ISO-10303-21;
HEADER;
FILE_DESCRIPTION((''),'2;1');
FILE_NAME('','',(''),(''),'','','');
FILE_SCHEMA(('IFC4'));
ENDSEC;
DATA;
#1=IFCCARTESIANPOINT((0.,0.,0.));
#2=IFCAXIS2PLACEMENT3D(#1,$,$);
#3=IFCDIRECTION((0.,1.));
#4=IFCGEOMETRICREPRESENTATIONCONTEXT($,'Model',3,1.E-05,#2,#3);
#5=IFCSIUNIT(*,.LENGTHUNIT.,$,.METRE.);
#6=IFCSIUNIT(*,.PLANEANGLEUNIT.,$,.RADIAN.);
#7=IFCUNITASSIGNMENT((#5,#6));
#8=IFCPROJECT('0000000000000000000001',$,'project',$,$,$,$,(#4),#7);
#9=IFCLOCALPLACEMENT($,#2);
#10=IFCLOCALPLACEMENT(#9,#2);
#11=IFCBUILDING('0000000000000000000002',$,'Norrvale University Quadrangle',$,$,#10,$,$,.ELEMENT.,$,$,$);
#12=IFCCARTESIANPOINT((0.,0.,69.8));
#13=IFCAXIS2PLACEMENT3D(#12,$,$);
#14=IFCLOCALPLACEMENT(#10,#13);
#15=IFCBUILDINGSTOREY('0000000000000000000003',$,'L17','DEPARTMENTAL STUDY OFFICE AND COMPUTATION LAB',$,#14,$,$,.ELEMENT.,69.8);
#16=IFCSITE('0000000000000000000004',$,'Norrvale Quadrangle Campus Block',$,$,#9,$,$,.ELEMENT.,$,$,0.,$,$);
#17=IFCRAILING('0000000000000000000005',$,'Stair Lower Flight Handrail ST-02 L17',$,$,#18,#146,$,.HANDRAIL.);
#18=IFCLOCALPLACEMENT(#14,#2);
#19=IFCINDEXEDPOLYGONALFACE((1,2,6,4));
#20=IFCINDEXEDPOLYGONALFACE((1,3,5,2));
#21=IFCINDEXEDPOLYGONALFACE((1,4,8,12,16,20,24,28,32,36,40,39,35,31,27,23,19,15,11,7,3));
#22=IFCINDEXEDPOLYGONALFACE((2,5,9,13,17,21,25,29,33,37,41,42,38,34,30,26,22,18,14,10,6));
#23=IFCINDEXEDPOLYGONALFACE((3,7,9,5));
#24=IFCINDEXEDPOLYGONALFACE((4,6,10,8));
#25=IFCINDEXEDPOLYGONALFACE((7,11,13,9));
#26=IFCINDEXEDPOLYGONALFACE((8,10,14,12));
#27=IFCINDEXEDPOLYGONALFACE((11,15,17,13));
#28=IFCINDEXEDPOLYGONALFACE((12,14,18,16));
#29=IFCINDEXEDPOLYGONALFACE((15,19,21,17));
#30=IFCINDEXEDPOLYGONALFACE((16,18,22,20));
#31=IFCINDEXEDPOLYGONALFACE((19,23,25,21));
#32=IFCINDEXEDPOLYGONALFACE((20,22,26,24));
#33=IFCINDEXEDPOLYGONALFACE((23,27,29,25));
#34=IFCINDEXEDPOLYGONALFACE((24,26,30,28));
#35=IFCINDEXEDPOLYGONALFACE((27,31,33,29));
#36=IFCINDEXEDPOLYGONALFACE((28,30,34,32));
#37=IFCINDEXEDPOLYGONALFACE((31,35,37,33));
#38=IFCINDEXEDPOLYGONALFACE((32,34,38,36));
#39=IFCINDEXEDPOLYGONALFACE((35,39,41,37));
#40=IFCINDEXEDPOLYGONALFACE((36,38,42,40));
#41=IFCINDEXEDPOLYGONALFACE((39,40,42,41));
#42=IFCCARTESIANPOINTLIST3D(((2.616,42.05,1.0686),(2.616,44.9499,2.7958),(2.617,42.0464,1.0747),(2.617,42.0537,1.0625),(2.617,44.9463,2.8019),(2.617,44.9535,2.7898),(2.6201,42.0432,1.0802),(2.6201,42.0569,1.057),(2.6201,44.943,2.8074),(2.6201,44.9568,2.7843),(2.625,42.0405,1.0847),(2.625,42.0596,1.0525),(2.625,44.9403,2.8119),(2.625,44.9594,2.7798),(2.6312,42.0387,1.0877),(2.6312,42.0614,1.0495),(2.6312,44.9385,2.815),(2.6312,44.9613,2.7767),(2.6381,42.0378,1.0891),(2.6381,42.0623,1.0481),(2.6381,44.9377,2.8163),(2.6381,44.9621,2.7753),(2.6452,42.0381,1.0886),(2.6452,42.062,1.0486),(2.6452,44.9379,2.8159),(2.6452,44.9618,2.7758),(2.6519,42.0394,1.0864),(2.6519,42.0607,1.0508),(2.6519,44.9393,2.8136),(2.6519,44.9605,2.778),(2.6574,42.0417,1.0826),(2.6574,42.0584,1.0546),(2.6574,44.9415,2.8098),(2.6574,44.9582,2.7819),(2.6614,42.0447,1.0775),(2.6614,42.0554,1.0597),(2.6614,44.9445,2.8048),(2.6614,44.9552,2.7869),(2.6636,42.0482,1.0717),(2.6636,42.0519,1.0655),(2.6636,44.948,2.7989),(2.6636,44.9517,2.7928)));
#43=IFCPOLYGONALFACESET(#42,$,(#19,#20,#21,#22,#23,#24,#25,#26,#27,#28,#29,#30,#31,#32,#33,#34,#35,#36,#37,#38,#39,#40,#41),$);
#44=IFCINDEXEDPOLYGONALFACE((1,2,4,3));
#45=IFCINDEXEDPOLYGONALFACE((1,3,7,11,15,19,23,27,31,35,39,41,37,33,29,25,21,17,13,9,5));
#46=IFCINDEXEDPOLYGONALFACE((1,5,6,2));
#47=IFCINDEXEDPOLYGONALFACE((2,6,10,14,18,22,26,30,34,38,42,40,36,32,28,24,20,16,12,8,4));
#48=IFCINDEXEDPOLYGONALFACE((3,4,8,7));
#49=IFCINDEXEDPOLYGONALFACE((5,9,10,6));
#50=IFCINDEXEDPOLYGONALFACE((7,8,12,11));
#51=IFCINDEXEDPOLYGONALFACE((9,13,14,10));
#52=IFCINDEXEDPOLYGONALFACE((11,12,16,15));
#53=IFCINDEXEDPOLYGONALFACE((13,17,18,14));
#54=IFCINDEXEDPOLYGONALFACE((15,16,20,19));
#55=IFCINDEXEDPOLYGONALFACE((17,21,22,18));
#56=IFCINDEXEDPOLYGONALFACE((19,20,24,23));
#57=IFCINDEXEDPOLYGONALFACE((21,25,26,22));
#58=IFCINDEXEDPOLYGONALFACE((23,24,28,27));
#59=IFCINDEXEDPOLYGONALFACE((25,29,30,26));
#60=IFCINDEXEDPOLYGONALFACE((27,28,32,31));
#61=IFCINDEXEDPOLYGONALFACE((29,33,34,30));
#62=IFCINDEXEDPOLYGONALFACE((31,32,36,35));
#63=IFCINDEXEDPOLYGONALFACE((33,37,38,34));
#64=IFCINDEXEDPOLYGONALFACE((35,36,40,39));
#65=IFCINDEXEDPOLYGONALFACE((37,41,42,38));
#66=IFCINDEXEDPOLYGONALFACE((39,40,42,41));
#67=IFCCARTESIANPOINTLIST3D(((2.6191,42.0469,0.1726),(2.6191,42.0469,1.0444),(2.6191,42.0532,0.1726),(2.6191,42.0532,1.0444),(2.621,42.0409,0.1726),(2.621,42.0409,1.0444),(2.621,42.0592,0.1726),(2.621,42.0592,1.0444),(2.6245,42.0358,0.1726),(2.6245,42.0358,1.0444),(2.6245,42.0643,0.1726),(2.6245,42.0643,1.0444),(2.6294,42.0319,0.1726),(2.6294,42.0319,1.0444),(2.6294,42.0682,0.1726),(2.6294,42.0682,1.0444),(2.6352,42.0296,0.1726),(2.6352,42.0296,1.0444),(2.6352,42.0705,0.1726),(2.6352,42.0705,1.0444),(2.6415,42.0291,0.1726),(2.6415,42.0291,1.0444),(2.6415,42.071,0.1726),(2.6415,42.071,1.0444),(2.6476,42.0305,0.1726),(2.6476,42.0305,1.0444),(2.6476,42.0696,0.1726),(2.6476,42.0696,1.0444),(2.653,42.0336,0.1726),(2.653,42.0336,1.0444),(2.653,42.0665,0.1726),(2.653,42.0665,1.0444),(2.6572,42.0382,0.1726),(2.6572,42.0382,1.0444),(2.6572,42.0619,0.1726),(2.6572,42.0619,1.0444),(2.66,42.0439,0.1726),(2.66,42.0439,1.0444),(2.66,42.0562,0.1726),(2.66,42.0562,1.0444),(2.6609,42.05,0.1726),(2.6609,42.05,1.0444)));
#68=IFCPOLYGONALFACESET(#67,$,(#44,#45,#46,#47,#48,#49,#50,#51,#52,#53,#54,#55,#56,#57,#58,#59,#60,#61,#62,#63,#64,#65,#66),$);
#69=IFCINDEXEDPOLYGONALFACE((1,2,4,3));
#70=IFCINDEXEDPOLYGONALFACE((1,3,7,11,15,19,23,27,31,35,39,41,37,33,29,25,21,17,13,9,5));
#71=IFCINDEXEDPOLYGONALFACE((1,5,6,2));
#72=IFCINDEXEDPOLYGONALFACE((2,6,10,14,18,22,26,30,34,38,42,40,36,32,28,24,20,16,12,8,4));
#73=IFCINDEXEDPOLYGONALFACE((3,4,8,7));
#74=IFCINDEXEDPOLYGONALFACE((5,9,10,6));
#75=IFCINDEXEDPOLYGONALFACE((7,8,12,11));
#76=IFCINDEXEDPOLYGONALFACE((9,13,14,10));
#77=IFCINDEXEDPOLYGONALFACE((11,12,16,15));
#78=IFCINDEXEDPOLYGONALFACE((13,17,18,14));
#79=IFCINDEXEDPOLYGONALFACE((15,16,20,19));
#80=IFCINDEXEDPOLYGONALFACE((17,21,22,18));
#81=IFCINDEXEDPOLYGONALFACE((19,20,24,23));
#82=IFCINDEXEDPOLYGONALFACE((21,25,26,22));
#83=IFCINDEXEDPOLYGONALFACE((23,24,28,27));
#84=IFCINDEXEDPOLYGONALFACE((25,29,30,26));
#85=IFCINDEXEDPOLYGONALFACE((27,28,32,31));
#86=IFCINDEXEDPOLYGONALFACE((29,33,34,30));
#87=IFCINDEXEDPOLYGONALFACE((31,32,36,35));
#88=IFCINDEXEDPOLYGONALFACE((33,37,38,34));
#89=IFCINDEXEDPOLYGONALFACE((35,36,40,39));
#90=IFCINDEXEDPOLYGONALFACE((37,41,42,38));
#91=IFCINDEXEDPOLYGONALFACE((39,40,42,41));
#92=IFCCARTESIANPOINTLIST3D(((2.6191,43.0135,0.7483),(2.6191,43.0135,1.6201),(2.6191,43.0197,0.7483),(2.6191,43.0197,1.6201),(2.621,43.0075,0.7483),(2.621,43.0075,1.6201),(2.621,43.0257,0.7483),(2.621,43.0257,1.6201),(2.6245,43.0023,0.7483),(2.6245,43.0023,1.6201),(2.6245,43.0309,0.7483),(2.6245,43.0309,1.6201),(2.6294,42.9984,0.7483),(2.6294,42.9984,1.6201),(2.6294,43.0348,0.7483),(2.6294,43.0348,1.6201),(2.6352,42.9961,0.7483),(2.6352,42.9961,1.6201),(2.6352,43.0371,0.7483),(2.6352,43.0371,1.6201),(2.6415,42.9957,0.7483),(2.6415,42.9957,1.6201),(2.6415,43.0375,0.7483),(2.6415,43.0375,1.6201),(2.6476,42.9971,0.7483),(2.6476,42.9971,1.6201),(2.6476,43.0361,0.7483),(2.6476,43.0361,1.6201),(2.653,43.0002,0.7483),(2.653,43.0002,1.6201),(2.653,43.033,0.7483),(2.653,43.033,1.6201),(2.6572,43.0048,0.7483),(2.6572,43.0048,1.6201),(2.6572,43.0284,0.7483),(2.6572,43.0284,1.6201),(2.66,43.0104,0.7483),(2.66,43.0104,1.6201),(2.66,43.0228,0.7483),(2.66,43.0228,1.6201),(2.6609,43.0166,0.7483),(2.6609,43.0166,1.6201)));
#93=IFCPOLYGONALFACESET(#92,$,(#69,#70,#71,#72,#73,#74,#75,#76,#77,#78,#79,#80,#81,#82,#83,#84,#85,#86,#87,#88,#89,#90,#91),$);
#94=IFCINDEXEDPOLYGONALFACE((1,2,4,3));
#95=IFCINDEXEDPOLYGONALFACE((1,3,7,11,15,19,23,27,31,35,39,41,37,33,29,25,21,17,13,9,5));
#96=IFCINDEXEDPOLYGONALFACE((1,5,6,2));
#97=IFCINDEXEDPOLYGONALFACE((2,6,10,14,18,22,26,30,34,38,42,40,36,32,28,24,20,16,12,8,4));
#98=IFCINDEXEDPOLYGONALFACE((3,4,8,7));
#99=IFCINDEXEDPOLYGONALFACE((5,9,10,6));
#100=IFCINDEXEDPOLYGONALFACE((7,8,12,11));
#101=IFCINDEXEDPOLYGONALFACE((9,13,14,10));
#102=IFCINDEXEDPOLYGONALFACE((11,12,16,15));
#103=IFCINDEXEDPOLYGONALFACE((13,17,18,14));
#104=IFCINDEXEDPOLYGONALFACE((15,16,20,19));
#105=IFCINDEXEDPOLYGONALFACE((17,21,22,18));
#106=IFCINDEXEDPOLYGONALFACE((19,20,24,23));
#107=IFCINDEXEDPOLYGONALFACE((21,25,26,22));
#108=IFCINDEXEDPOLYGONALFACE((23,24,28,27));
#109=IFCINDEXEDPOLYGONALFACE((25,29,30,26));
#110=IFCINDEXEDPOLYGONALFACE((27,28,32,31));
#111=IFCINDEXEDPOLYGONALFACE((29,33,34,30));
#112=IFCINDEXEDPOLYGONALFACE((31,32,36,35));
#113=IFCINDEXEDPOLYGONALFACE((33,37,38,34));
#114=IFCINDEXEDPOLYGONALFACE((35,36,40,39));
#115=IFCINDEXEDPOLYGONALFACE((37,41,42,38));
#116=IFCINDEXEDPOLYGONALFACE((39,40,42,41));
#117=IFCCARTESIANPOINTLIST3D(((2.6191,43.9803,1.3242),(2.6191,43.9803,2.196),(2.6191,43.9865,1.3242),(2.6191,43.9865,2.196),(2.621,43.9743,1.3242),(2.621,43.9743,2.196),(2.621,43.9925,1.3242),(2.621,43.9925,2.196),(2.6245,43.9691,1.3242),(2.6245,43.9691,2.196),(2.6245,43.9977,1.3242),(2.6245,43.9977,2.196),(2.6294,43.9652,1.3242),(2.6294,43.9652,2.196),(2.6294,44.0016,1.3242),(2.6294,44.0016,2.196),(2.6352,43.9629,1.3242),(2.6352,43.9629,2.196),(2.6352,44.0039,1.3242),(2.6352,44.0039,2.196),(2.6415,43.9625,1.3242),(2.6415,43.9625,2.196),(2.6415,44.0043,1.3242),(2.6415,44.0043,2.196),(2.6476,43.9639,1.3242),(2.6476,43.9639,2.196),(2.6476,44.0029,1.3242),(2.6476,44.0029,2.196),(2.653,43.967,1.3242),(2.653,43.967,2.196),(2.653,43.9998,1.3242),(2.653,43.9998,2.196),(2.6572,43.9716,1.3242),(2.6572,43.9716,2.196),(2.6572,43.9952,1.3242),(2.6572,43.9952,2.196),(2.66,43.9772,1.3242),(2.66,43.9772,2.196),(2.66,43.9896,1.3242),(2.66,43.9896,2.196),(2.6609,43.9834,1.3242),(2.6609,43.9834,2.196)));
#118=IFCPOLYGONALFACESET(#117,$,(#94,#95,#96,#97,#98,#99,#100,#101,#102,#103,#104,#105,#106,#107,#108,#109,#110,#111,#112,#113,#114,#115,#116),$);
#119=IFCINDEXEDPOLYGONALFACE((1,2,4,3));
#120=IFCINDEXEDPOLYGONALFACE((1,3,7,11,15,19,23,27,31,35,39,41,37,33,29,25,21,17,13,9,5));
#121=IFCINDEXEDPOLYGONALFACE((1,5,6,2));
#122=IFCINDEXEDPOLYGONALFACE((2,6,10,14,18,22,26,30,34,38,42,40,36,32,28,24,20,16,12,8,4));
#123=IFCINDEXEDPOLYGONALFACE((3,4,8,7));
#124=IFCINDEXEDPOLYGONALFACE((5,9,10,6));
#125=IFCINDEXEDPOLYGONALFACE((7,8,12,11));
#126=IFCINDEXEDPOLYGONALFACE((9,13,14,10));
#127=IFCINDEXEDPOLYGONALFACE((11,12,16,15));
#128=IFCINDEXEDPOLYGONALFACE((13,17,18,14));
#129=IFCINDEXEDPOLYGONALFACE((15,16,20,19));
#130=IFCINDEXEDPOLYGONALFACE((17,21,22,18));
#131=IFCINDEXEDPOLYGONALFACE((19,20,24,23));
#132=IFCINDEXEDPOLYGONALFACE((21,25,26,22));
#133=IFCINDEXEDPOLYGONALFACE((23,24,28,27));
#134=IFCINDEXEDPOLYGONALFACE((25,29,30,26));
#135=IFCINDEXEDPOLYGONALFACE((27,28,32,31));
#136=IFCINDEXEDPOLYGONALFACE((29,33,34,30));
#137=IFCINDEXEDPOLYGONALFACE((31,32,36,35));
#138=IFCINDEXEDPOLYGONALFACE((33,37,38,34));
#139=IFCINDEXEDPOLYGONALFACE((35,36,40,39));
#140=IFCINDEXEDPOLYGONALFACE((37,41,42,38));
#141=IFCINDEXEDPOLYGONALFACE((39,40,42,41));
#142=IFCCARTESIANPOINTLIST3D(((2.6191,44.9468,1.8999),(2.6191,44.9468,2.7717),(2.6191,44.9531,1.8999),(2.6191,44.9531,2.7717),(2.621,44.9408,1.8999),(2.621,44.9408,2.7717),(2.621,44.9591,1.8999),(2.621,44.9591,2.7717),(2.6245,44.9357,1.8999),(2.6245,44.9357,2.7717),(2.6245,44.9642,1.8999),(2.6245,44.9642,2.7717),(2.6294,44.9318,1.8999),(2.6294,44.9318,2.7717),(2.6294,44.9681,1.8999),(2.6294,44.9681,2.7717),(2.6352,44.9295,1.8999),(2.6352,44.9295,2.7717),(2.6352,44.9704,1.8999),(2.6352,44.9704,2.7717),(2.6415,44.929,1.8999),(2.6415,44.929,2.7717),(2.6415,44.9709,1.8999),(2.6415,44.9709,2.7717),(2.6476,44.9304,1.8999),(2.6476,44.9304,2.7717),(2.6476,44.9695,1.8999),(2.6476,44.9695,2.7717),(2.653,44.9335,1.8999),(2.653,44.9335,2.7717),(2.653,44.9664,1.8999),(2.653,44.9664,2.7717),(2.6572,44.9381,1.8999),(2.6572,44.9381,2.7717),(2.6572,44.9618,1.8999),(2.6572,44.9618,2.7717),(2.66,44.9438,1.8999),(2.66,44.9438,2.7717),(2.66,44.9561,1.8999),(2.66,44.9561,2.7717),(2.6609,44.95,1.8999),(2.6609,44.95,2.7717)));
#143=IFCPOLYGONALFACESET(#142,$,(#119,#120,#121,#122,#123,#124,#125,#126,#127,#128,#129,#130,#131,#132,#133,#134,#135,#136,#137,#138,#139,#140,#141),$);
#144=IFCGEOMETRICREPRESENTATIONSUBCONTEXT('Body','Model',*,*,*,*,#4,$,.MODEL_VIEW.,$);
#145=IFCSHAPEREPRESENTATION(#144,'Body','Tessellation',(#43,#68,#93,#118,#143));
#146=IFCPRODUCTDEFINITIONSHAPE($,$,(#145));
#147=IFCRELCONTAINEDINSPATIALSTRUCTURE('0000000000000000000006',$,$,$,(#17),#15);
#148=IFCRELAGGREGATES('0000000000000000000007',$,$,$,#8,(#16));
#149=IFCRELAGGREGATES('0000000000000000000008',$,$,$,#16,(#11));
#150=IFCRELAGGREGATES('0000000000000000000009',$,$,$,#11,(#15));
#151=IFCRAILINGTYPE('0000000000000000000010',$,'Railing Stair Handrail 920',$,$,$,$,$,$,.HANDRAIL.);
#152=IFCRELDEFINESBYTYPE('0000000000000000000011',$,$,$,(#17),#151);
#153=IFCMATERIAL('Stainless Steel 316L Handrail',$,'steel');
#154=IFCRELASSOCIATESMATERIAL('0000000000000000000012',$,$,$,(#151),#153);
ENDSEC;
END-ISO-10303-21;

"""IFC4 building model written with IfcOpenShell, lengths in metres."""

from ifc_helpers import new_model, si_unit, direction, frame, origin, origin_2d, place, context, subcontext, project, spatial, circle, extrude, material, type_object, element, save


model = new_model("IFC4")

# Units and contexts
model_context = context("Model", 3, precision=1e-05, world=origin(), true_north=direction((0.0, 1.0)))
body_context = subcontext(model_context, "Body", "Model", "MODEL_VIEW")
ifc_project = project(units=[si_unit("LENGTHUNIT", "METRE"), si_unit("PLANEANGLEUNIT", "RADIAN")], contexts=[model_context])

# Site, building, storey
site_placement = place(None, origin())
site = spatial("IfcSite", under=ifc_project, at=site_placement, Name="Norrvale Quadrangle Campus Block", CompositionType="ELEMENT", RefElevation=0.0)
building_placement = place(site_placement, origin())
building = spatial("IfcBuilding", under=site, at=building_placement, Name="Norrvale University Quadrangle", CompositionType="ELEMENT")
storey_placement = place(building_placement, frame((0.0, 0.0, 69.8)))
storey = spatial("IfcBuildingStorey", under=building, at=storey_placement, Name="L17", Description="DEPARTMENTAL STUDY OFFICE AND COMPUTATION LAB", CompositionType="ELEMENT", Elevation=69.8)

# Railing
ifc_material_1 = material(Name="Stainless Steel 316L Handrail", Category="steel")
railing_type_1 = type_object("IfcRailingType", Name="Railing Stair Handrail 920", PredefinedType="HANDRAIL", material=ifc_material_1)
railing_1_placement = place(storey_placement, frame((2.6399, 42.05, 0.1726)))
element("IfcRailing", 1, at=railing_1_placement, inside=storey, type_object=railing_type_1, Name="Stair Lower Flight Handrail ST-02 L17", PredefinedType="HANDRAIL", context=body_context, shape_type="SweptSolid", body=[
    extrude(circle(Radius=0.0239, at=origin_2d()), frame((0.0, 0.0, 0.896), z_axis=(0.0, 0.859141, 0.511738), x_axis=(-1.0, 0.0, 0.0)), (0.0, 0.0, 1.0), 3.3752),
    extrude(circle(Radius=0.021, at=origin_2d()), origin(), (0.0, 0.0, 1.0), 0.8718),
    extrude(circle(Radius=0.021, at=origin_2d()), frame((0.0, 0.9666, 0.5757)), (0.0, 0.0, 1.0), 0.8718),
    extrude(circle(Radius=0.021, at=origin_2d()), frame((0.0, 1.9333, 1.1516)), (0.0, 0.0, 1.0), 0.8718),
    extrude(circle(Radius=0.021, at=origin_2d()), frame((0.0, 2.8999, 1.7273)), (0.0, 0.0, 1.0), 0.8718),
])

save(model, "model.ifc")
